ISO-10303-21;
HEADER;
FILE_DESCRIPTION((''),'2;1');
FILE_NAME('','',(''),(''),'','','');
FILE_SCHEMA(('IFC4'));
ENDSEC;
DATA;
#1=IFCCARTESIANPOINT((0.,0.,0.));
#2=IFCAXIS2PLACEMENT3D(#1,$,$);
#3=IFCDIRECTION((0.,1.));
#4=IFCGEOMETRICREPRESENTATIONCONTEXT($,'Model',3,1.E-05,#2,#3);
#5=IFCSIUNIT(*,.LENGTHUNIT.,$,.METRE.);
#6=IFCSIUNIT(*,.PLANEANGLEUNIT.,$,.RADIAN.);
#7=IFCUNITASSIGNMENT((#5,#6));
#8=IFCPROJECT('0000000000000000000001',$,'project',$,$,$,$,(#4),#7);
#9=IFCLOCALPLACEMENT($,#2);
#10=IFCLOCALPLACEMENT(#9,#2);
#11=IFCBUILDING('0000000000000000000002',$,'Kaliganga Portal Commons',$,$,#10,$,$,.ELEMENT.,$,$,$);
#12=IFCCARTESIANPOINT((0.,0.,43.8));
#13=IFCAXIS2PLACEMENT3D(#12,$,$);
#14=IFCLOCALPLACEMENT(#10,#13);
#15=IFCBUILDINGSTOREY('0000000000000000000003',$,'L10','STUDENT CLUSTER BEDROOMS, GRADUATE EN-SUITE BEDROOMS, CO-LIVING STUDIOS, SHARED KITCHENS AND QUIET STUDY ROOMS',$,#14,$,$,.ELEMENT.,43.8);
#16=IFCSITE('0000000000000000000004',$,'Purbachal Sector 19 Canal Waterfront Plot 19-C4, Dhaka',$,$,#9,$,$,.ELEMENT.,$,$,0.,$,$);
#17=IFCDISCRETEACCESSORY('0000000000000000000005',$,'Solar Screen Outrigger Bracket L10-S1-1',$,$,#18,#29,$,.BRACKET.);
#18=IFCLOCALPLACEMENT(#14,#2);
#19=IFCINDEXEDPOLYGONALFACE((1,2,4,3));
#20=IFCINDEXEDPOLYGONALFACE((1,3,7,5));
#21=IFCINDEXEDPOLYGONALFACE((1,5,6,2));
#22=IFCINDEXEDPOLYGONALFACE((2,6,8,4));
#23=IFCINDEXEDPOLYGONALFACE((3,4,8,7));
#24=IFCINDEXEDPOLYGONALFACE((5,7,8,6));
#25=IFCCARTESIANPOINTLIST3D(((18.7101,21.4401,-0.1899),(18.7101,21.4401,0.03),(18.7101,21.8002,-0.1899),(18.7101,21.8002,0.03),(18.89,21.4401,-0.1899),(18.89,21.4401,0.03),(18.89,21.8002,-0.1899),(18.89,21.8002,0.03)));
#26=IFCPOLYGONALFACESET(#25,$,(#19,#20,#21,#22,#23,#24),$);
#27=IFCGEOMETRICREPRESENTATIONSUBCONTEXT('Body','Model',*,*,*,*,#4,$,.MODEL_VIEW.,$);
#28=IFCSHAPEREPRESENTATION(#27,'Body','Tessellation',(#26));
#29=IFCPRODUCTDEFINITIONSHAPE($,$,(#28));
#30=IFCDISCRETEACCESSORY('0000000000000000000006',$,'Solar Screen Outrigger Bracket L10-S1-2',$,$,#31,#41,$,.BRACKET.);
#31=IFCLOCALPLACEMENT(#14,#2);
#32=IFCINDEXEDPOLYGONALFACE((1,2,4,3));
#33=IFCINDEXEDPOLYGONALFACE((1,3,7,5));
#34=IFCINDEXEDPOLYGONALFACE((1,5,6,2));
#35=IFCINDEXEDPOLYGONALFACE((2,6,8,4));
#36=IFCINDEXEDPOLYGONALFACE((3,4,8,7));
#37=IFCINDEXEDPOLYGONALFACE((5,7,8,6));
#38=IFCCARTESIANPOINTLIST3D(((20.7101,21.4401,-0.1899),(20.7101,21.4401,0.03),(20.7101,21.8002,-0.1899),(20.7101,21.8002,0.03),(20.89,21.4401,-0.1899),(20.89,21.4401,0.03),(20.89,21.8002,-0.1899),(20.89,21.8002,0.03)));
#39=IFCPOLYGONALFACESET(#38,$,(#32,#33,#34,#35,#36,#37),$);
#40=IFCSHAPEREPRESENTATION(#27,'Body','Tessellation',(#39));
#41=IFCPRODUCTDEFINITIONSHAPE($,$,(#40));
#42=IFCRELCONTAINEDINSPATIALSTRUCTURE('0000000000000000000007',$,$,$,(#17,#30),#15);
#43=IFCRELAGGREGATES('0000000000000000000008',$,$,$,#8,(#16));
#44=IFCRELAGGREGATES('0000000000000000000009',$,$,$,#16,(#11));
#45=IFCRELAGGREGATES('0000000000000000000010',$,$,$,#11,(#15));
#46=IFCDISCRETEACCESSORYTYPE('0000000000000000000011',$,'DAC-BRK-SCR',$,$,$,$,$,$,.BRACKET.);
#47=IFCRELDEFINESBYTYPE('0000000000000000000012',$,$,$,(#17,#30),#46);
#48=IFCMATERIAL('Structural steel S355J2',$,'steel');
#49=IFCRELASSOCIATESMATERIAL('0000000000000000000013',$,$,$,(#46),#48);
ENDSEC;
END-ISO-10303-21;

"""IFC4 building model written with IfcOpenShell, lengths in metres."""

from ifc_helpers import new_model, si_unit, direction, frame, origin, origin_2d, place, context, subcontext, project, spatial, rectangle, extrude, source, transform, mapped, material, type_object, element, save


model = new_model("IFC4")

# Units and contexts
model_context = context("Model", 3, precision=1e-05, world=origin(), true_north=direction((0.0, 1.0)))
body_context = subcontext(model_context, "Body", "Model", "MODEL_VIEW")
ifc_project = project(units=[si_unit("LENGTHUNIT", "METRE"), si_unit("PLANEANGLEUNIT", "RADIAN")], contexts=[model_context])

# Site, building, storey
site_placement = place(None, origin())
site = spatial("IfcSite", under=ifc_project, at=site_placement, Name="Purbachal Sector 19 Canal Waterfront Plot 19-C4, Dhaka", CompositionType="ELEMENT", RefElevation=0.0)
building_placement = place(site_placement, origin())
building = spatial("IfcBuilding", under=site, at=building_placement, Name="Kaliganga Portal Commons", CompositionType="ELEMENT")
storey_placement = place(building_placement, frame((0.0, 0.0, 43.8)))
storey = spatial("IfcBuildingStorey", under=building, at=storey_placement, Name="L10", Description="STUDENT CLUSTER BEDROOMS, GRADUATE EN-SUITE BEDROOMS, CO-LIVING STUDIOS, SHARED KITCHENS AND QUIET STUDY ROOMS", CompositionType="ELEMENT", Elevation=43.8)

# Discrete accessories
ifc_material_1 = material(Name="Structural steel S355J2", Category="steel")
discrete_accessory_type = type_object("IfcDiscreteAccessoryType", Name="DAC-BRK-SCR", PredefinedType="BRACKET", material=ifc_material_1)
shared_shape_1 = source(origin(), body_context, "Body", "SweptSolid", [
    extrude(rectangle(XDim=0.1799, YDim=0.3601, at=origin_2d()), origin(), (0.0, 0.0, 1.0), 0.22),
])
for number, where, z_axis, x_axis, name in (
    (1, (18.8, 21.6201, -0.1899), (0.0, 0.0, 1.0), (1.0, 0.0, 0.0), "Solar Screen Outrigger Bracket L10-S1-1"),
    (2, (20.8, 21.6201, -0.1899), (0.0, 0.0, 1.0), (1.0, 0.0, 0.0), "Solar Screen Outrigger Bracket L10-S1-2"),
):
    element("IfcDiscreteAccessory", number, at=place(storey_placement, frame(where, z_axis=z_axis, x_axis=x_axis)), inside=storey, type_object=discrete_accessory_type, Name=name, PredefinedType="BRACKET", context=body_context, shape_type="MappedRepresentation", body=[
        mapped(shared_shape_1, transform((0.0, 0.0, 0.0), x_axis=(1.0, 0.0, 0.0), y_axis=(0.0, 1.0, 0.0), z_axis=(0.0, 0.0, 1.0), scale=1.0)),
    ])

save(model, "model.ifc")
